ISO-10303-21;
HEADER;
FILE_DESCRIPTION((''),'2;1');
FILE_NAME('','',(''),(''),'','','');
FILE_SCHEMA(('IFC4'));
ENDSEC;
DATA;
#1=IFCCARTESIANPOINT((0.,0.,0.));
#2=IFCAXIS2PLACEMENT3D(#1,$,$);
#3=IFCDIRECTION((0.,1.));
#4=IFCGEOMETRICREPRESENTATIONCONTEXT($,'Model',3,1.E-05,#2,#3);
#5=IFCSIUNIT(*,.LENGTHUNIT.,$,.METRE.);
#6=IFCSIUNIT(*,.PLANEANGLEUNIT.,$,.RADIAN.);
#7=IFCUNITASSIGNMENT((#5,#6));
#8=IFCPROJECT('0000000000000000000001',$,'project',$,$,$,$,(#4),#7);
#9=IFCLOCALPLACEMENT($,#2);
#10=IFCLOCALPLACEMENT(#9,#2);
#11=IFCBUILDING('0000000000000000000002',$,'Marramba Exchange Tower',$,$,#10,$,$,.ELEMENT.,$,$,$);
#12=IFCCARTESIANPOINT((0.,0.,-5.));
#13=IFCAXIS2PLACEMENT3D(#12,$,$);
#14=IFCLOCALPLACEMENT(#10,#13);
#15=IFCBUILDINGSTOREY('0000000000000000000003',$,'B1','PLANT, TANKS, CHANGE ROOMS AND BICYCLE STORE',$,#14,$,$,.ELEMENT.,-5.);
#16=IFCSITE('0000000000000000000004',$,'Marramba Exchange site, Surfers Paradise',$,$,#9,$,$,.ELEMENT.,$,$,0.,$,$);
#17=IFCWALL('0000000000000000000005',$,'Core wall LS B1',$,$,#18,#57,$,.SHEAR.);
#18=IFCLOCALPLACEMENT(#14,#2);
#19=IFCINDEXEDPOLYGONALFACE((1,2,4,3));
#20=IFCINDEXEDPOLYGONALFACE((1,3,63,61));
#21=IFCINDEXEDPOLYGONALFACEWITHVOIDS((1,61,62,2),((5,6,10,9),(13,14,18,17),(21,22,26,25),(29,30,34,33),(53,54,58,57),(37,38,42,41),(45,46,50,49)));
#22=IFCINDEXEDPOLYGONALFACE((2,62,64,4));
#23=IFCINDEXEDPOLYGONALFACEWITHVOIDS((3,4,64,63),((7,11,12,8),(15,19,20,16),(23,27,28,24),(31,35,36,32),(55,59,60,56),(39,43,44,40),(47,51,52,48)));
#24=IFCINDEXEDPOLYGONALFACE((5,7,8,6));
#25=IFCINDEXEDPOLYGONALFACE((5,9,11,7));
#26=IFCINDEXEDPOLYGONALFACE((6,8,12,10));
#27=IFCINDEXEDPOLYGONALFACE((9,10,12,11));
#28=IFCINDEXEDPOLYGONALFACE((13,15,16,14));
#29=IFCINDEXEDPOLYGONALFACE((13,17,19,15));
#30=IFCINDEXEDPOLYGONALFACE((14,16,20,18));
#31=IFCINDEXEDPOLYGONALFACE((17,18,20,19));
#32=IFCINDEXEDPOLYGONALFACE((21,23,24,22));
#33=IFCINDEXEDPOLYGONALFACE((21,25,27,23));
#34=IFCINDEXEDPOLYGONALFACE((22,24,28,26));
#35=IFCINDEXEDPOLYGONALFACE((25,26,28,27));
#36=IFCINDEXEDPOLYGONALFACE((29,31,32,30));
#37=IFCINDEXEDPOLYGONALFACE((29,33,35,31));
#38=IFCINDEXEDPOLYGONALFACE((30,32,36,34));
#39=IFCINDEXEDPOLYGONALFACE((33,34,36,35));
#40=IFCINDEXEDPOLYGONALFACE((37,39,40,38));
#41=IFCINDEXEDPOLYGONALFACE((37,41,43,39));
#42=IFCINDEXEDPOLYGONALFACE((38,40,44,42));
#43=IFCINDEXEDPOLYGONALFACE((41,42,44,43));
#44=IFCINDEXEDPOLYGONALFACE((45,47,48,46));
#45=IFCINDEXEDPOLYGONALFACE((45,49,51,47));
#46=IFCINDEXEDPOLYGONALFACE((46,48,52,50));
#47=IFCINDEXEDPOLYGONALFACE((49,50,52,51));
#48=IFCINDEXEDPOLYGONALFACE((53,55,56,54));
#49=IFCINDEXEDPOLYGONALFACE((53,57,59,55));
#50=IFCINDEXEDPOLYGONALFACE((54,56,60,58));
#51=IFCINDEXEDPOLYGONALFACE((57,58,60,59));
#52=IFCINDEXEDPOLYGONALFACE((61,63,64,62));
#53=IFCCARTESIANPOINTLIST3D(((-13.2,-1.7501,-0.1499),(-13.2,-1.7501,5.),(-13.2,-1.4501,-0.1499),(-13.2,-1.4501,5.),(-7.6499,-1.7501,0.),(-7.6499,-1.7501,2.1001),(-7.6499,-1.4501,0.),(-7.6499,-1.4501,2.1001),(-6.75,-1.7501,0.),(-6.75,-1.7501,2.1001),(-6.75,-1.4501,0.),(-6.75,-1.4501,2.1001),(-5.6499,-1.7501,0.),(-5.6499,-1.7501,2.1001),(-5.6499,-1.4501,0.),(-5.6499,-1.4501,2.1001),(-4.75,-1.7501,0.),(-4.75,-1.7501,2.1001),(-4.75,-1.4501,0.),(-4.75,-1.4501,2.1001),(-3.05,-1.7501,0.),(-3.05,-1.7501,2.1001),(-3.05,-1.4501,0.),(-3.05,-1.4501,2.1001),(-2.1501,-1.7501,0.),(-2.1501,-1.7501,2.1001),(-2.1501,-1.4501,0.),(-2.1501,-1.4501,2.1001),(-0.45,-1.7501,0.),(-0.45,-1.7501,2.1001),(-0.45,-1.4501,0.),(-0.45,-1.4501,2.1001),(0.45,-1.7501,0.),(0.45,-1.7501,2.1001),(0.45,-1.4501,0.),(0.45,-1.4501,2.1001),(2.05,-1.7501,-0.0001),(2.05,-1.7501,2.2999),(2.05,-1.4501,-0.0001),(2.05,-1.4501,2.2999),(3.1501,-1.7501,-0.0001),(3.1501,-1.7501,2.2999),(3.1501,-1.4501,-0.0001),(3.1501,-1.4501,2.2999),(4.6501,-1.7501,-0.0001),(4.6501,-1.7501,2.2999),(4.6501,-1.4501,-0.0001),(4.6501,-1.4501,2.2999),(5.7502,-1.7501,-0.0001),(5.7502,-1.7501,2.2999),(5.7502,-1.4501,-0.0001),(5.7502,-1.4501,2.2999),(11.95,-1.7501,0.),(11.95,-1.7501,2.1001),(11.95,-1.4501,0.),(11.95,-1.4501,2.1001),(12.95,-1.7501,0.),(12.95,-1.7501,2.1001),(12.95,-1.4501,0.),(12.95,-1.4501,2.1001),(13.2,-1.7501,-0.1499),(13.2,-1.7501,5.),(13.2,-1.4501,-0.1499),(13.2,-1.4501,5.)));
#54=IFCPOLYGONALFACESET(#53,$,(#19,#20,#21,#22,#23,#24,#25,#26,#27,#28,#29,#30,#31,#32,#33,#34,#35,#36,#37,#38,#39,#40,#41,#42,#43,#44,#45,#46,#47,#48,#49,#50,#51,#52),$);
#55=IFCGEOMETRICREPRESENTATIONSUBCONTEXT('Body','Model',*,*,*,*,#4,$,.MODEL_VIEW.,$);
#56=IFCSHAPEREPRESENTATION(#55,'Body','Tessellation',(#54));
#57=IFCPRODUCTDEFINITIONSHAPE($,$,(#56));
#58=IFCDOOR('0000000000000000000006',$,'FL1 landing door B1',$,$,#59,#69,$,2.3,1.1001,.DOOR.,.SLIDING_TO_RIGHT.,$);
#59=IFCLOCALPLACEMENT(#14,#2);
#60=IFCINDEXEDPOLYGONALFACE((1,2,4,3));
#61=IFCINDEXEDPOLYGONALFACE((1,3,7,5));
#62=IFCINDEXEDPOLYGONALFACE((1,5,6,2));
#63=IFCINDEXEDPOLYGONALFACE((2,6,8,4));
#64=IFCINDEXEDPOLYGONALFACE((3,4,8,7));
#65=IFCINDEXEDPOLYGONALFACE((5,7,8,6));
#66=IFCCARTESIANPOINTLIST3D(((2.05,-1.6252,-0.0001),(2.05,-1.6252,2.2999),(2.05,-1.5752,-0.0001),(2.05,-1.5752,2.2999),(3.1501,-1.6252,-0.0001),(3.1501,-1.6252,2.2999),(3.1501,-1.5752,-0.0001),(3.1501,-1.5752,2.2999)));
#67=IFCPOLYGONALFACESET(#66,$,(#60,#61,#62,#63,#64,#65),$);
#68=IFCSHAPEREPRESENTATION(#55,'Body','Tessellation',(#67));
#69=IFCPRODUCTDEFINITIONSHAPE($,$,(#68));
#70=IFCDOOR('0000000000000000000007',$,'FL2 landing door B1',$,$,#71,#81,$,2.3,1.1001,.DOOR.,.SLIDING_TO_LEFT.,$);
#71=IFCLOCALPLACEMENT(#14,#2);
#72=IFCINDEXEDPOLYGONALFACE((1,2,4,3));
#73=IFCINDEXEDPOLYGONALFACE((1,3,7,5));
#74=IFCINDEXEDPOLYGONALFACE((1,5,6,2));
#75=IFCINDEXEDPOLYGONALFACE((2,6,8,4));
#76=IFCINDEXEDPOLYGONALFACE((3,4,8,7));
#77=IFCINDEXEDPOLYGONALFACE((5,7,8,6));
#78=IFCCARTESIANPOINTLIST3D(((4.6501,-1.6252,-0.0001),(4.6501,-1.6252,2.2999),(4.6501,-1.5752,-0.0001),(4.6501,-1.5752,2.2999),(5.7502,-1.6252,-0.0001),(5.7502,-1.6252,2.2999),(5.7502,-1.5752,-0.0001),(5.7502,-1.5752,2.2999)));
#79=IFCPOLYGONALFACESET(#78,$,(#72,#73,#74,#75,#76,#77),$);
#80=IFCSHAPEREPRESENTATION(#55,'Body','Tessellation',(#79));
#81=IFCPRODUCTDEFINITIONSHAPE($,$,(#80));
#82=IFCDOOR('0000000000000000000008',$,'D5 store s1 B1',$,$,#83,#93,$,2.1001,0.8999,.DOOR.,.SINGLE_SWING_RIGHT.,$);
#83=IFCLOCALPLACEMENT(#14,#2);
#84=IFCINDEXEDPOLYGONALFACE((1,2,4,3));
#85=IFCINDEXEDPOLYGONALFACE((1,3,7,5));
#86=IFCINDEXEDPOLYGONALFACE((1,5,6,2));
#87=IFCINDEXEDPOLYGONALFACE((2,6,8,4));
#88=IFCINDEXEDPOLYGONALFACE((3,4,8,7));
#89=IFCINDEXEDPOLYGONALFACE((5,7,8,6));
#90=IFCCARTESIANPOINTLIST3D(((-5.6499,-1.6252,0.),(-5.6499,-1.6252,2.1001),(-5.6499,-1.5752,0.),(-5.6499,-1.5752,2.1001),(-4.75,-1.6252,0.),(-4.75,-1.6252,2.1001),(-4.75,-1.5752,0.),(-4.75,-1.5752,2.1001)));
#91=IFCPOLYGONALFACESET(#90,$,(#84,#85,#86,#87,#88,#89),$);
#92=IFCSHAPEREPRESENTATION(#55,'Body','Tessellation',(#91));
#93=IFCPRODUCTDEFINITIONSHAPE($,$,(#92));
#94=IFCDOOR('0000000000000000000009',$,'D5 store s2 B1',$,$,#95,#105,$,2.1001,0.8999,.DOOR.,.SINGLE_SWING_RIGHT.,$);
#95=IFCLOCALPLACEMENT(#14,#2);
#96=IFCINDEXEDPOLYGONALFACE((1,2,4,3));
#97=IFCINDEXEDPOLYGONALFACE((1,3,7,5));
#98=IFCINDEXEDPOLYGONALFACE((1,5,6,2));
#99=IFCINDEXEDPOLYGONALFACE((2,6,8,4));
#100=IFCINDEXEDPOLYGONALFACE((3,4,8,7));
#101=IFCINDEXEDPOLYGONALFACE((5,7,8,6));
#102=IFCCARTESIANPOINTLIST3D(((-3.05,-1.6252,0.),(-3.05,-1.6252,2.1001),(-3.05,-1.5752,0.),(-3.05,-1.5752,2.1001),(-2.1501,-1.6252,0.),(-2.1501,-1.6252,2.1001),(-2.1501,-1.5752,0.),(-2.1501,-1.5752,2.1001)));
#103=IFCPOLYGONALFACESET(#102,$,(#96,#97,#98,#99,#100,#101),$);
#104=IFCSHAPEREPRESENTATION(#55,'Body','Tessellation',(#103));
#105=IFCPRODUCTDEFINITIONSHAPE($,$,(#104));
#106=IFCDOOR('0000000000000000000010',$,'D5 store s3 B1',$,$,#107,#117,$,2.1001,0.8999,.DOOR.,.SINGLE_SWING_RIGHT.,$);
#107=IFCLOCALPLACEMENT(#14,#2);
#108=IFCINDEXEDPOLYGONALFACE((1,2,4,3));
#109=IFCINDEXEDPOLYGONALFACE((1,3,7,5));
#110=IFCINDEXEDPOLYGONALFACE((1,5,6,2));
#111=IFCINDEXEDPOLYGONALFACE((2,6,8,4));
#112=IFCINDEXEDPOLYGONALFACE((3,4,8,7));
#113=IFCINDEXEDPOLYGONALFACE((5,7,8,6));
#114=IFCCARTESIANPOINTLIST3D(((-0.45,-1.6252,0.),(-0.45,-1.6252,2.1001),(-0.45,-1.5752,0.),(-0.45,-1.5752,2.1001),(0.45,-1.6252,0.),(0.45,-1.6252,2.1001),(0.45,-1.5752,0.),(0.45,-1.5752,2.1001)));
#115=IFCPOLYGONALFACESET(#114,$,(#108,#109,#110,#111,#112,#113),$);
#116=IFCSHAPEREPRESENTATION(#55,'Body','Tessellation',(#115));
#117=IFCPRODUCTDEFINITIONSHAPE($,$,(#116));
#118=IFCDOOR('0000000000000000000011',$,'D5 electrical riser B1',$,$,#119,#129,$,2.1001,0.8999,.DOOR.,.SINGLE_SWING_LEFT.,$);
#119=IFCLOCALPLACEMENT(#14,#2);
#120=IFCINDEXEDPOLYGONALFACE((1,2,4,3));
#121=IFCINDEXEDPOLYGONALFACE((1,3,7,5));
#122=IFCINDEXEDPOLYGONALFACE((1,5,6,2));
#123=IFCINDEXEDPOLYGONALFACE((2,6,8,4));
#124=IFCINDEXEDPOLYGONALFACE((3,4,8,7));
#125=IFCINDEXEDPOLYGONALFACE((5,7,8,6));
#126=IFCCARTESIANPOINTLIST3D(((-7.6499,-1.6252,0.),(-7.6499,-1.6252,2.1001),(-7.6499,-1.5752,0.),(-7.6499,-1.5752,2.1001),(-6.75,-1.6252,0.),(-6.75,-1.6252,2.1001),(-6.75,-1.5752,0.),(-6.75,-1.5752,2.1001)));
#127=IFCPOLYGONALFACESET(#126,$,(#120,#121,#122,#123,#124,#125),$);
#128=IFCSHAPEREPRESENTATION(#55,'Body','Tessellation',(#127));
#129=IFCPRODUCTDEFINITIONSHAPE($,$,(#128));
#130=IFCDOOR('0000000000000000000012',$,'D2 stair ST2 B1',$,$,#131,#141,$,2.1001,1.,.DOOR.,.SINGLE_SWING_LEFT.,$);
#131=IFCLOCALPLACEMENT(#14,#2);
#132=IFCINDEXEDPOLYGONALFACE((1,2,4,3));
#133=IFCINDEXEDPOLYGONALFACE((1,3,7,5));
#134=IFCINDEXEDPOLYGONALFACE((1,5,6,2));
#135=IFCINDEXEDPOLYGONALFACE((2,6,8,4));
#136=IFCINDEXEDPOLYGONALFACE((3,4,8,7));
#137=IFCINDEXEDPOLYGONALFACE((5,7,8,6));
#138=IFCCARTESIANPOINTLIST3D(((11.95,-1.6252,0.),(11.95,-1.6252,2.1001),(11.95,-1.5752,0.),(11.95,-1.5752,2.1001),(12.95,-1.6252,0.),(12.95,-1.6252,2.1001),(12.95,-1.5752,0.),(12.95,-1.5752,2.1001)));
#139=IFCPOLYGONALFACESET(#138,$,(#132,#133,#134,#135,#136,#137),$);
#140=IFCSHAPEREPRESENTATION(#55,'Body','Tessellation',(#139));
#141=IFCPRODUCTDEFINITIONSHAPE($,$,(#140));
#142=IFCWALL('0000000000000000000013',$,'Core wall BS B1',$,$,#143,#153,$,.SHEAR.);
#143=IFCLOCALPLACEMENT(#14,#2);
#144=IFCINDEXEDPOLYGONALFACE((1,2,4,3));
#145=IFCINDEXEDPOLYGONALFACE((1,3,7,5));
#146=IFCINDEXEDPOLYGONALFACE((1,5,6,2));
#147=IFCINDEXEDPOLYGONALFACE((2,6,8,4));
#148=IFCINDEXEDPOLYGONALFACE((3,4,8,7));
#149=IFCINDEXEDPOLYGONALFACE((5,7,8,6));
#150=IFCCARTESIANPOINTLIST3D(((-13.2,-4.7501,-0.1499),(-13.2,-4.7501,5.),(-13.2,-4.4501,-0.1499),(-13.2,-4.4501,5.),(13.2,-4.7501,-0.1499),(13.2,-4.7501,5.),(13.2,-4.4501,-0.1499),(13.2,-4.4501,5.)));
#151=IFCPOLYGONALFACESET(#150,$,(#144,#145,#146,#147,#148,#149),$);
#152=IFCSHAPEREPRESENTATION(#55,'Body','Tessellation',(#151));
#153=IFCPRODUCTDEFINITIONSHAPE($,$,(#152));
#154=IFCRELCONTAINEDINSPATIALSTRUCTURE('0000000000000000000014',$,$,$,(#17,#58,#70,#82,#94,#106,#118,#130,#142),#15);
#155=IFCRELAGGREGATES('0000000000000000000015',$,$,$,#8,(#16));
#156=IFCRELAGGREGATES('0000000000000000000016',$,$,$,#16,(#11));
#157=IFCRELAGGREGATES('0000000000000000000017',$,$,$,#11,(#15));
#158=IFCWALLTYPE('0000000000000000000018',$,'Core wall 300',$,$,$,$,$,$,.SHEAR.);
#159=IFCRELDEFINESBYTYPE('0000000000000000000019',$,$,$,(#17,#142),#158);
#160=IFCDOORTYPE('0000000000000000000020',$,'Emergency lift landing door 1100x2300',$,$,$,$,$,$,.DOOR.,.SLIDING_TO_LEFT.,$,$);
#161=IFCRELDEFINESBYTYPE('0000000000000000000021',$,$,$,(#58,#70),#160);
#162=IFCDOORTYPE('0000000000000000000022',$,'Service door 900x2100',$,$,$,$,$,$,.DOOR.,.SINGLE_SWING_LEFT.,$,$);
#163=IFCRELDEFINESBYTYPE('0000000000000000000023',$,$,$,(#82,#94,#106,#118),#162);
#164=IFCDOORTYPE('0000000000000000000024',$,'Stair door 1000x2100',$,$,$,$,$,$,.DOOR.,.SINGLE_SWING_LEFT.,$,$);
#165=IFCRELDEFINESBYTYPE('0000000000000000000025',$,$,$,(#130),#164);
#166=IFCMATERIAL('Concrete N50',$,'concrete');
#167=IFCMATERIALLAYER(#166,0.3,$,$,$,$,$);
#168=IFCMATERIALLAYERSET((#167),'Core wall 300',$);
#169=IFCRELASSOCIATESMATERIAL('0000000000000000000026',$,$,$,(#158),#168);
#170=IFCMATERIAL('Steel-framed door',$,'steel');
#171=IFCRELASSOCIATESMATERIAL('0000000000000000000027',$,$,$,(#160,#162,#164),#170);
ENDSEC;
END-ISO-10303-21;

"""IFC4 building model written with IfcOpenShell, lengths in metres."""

from ifc_helpers import new_model, si_unit, direction, frame, frame_2d, origin, place, context, subcontext, project, spatial, rectangle, extrude, material, layer, layer_set, type_object, element, fill, save


model = new_model("IFC4")

# Units and contexts
model_context = context("Model", 3, precision=1e-05, world=origin(), true_north=direction((0.0, 1.0)))
body_context = subcontext(model_context, "Body", "Model", "MODEL_VIEW")
ifc_project = project(units=[si_unit("LENGTHUNIT", "METRE"), si_unit("PLANEANGLEUNIT", "RADIAN")], contexts=[model_context])

# Site, building, storey
site_placement = place(None, origin())
site = spatial("IfcSite", under=ifc_project, at=site_placement, Name="Marramba Exchange site, Surfers Paradise", CompositionType="ELEMENT", RefElevation=0.0)
building_placement = place(site_placement, origin())
building = spatial("IfcBuilding", under=site, at=building_placement, Name="Marramba Exchange Tower", CompositionType="ELEMENT")
storey_placement = place(building_placement, frame((0.0, 0.0, -5.0)))
storey = spatial("IfcBuildingStorey", under=building, at=storey_placement, Name="B1", Description="PLANT, TANKS, CHANGE ROOMS AND BICYCLE STORE", CompositionType="ELEMENT", Elevation=-5.0)

# Shared definitions
ifc_material_1 = material(Name="Concrete N50", Category="concrete")

# Wall, openings, doors
ifc_layer_1 = layer(ifc_material_1, 0.3)
ifc_layer_set_1 = layer_set([ifc_layer_1], Name="Core wall 300")
wall_type_1 = type_object("IfcWallType", Name="Core wall 300", PredefinedType="SHEAR", material=ifc_layer_set_1)
wall_1_placement = place(storey_placement, frame((-13.2, -1.6001, -0.1499), z_axis=(0.0, 0.0, 1.0), x_axis=(1.0, 0.0, 0.0)))
wall_1 = element("IfcWall", 1, at=wall_1_placement, inside=storey, type_object=wall_type_1, Name="Core wall LS B1", PredefinedType="SHEAR", context=body_context, shape_type="SweptSolid", body=[
    extrude(rectangle(XDim=26.3999, YDim=0.3, at=frame_2d((13.2, 0.0))), origin(), (0.0, 0.0, 1.0), 5.1499),
])
opening_1_placement = place(wall_1_placement, frame((25.1499, 0.0, 0.1499)))
opening_1 = element("IfcOpeningElement", 2, at=opening_1_placement, cuts=wall_1, PredefinedType="OPENING", context=body_context, shape_type="SweptSolid", body=[
    extrude(rectangle(XDim=1.0, YDim=2.1001, at=frame_2d((0.5, 1.05))), frame((0.0, 0.1599, 0.0), z_axis=(0.0, -1.0, 0.0), x_axis=(1.0, 0.0, 0.0)), (0.0, 0.0, 1.0), 0.3201),
])
opening_2_placement = place(wall_1_placement, frame((7.55, 0.0, 0.1499)))
opening_2 = element("IfcOpeningElement", 3, at=opening_2_placement, cuts=wall_1, PredefinedType="OPENING", context=body_context, shape_type="SweptSolid", body=[
    extrude(rectangle(XDim=0.8999, YDim=2.1001, at=frame_2d((0.45, 1.05))), frame((0.0, 0.1599, 0.0), z_axis=(0.0, -1.0, 0.0), x_axis=(1.0, 0.0, 0.0)), (0.0, 0.0, 1.0), 0.3201),
])
opening_3_placement = place(wall_1_placement, frame((10.1499, 0.0, 0.1499)))
opening_3 = element("IfcOpeningElement", 4, at=opening_3_placement, cuts=wall_1, PredefinedType="OPENING", context=body_context, shape_type="SweptSolid", body=[
    extrude(rectangle(XDim=0.8999, YDim=2.1001, at=frame_2d((0.45, 1.05))), frame((0.0, 0.1599, 0.0), z_axis=(0.0, -1.0, 0.0), x_axis=(1.0, 0.0, 0.0)), (0.0, 0.0, 1.0), 0.3201),
])
opening_4_placement = place(wall_1_placement, frame((12.75, 0.0, 0.1499)))
opening_4 = element("IfcOpeningElement", 5, at=opening_4_placement, cuts=wall_1, PredefinedType="OPENING", context=body_context, shape_type="SweptSolid", body=[
    extrude(rectangle(XDim=0.8999, YDim=2.1001, at=frame_2d((0.45, 1.05))), frame((0.0, 0.1599, 0.0), z_axis=(0.0, -1.0, 0.0), x_axis=(1.0, 0.0, 0.0)), (0.0, 0.0, 1.0), 0.3201),
])
opening_5_placement = place(wall_1_placement, frame((15.25, 0.0, 0.1499)))
opening_5 = element("IfcOpeningElement", 6, at=opening_5_placement, cuts=wall_1, PredefinedType="OPENING", context=body_context, shape_type="SweptSolid", body=[
    extrude(rectangle(XDim=1.1001, YDim=2.3, at=frame_2d((0.55, 1.1499))), frame((0.0, 0.1599, 0.0), z_axis=(0.0, -1.0, 0.0), x_axis=(1.0, 0.0, 0.0)), (0.0, 0.0, 1.0), 0.3201),
])
opening_6_placement = place(wall_1_placement, frame((17.8501, 0.0, 0.1499)))
opening_6 = element("IfcOpeningElement", 7, at=opening_6_placement, cuts=wall_1, PredefinedType="OPENING", context=body_context, shape_type="SweptSolid", body=[
    extrude(rectangle(XDim=1.1001, YDim=2.3, at=frame_2d((0.55, 1.1499))), frame((0.0, 0.1599, 0.0), z_axis=(0.0, -1.0, 0.0), x_axis=(1.0, 0.0, 0.0)), (0.0, 0.0, 1.0), 0.3201),
])
opening_7_placement = place(wall_1_placement, frame((5.55, 0.0, 0.1499)))
opening_7 = element("IfcOpeningElement", 8, at=opening_7_placement, cuts=wall_1, PredefinedType="OPENING", context=body_context, shape_type="SweptSolid", body=[
    extrude(rectangle(XDim=0.8999, YDim=2.1001, at=frame_2d((0.45, 1.05))), frame((0.0, 0.1599, 0.0), z_axis=(0.0, -1.0, 0.0), x_axis=(1.0, 0.0, 0.0)), (0.0, 0.0, 1.0), 0.3201),
])
ifc_material_2 = material(Name="Steel-framed door", Category="steel")
door_type_1 = type_object("IfcDoorType", Name="Emergency lift landing door 1100x2300", OperationType="SLIDING_TO_LEFT", PredefinedType="DOOR", material=ifc_material_2)
door_1_placement = place(opening_5_placement, frame((1.1001, 0.0, 0.0), z_axis=(0.0, 0.0, 1.0), x_axis=(-1.0, 0.0, 0.0)))
door_1 = element("IfcDoor", 9, at=door_1_placement, inside=storey, type_object=door_type_1, Name="FL1 landing door B1", OperationType="SLIDING_TO_RIGHT", OverallHeight=2.3, OverallWidth=1.1001, PredefinedType="DOOR", context=body_context, shape_type="SweptSolid", body=[
    extrude(rectangle(XDim=1.1001, YDim=2.3, at=frame_2d((0.55, 1.1499))), frame((0.0, 0.0251, 0.0), z_axis=(0.0, -1.0, 0.0), x_axis=(1.0, 0.0, 0.0)), (0.0, 0.0, 1.0), 0.05),
])
fill(opening_5, door_1)
door_2_placement = place(opening_6_placement, frame((1.1001, 0.0, 0.0), z_axis=(0.0, 0.0, 1.0), x_axis=(-1.0, 0.0, 0.0)))
door_2 = element("IfcDoor", 10, at=door_2_placement, inside=storey, type_object=door_type_1, Name="FL2 landing door B1", OperationType="SLIDING_TO_LEFT", OverallHeight=2.3, OverallWidth=1.1001, PredefinedType="DOOR", context=body_context, shape_type="SweptSolid", body=[
    extrude(rectangle(XDim=1.1001, YDim=2.3, at=frame_2d((0.55, 1.1499))), frame((0.0, 0.0251, 0.0), z_axis=(0.0, -1.0, 0.0), x_axis=(1.0, 0.0, 0.0)), (0.0, 0.0, 1.0), 0.05),
])
fill(opening_6, door_2)
door_type_2 = type_object("IfcDoorType", Name="Service door 900x2100", OperationType="SINGLE_SWING_LEFT", PredefinedType="DOOR", material=ifc_material_2)
door_3_placement = place(opening_2_placement, frame((0.8999, 0.0, 0.0), z_axis=(0.0, 0.0, 1.0), x_axis=(-1.0, 0.0, 0.0)))
door_3 = element("IfcDoor", 11, at=door_3_placement, inside=storey, type_object=door_type_2, Name="D5 store s1 B1", OperationType="SINGLE_SWING_RIGHT", OverallHeight=2.1001, OverallWidth=0.8999, PredefinedType="DOOR", context=body_context, shape_type="SweptSolid", body=[
    extrude(rectangle(XDim=0.8999, YDim=2.1001, at=frame_2d((0.45, 1.05))), frame((0.0, 0.0251, 0.0), z_axis=(0.0, -1.0, 0.0), x_axis=(1.0, 0.0, 0.0)), (0.0, 0.0, 1.0), 0.05),
])
fill(opening_2, door_3)
door_4_placement = place(opening_3_placement, frame((0.8999, 0.0, 0.0), z_axis=(0.0, 0.0, 1.0), x_axis=(-1.0, 0.0, 0.0)))
door_4 = element("IfcDoor", 12, at=door_4_placement, inside=storey, type_object=door_type_2, Name="D5 store s2 B1", OperationType="SINGLE_SWING_RIGHT", OverallHeight=2.1001, OverallWidth=0.8999, PredefinedType="DOOR", context=body_context, shape_type="SweptSolid", body=[
    extrude(rectangle(XDim=0.8999, YDim=2.1001, at=frame_2d((0.45, 1.05))), frame((0.0, 0.0251, 0.0), z_axis=(0.0, -1.0, 0.0), x_axis=(1.0, 0.0, 0.0)), (0.0, 0.0, 1.0), 0.05),
])
fill(opening_3, door_4)
door_5_placement = place(opening_4_placement, frame((0.8999, 0.0, 0.0), z_axis=(0.0, 0.0, 1.0), x_axis=(-1.0, 0.0, 0.0)))
door_5 = element("IfcDoor", 13, at=door_5_placement, inside=storey, type_object=door_type_2, Name="D5 store s3 B1", OperationType="SINGLE_SWING_RIGHT", OverallHeight=2.1001, OverallWidth=0.8999, PredefinedType="DOOR", context=body_context, shape_type="SweptSolid", body=[
    extrude(rectangle(XDim=0.8999, YDim=2.1001, at=frame_2d((0.45, 1.05))), frame((0.0, 0.0251, 0.0), z_axis=(0.0, -1.0, 0.0), x_axis=(1.0, 0.0, 0.0)), (0.0, 0.0, 1.0), 0.05),
])
fill(opening_4, door_5)
door_6_placement = place(opening_7_placement, frame((0.8999, 0.0, 0.0), z_axis=(0.0, 0.0, 1.0), x_axis=(-1.0, 0.0, 0.0)))
door_6 = element("IfcDoor", 14, at=door_6_placement, inside=storey, type_object=door_type_2, Name="D5 electrical riser B1", OperationType="SINGLE_SWING_LEFT", OverallHeight=2.1001, OverallWidth=0.8999, PredefinedType="DOOR", context=body_context, shape_type="SweptSolid", body=[
    extrude(rectangle(XDim=0.8999, YDim=2.1001, at=frame_2d((0.45, 1.05))), frame((0.0, 0.0251, 0.0), z_axis=(0.0, -1.0, 0.0), x_axis=(1.0, 0.0, 0.0)), (0.0, 0.0, 1.0), 0.05),
])
fill(opening_7, door_6)
door_type_3 = type_object("IfcDoorType", Name="Stair door 1000x2100", OperationType="SINGLE_SWING_LEFT", PredefinedType="DOOR", material=ifc_material_2)
door_7_placement = place(opening_1_placement, frame((1.0, 0.0, 0.0), z_axis=(0.0, 0.0, 1.0), x_axis=(-1.0, 0.0, 0.0)))
door_7 = element("IfcDoor", 15, at=door_7_placement, inside=storey, type_object=door_type_3, Name="D2 stair ST2 B1", OperationType="SINGLE_SWING_LEFT", OverallHeight=2.1001, OverallWidth=1.0, PredefinedType="DOOR", context=body_context, shape_type="SweptSolid", body=[
    extrude(rectangle(XDim=1.0, YDim=2.1001, at=frame_2d((0.5, 1.05))), frame((0.0, 0.0251, 0.0), z_axis=(0.0, -1.0, 0.0), x_axis=(1.0, 0.0, 0.0)), (0.0, 0.0, 1.0), 0.05),
])
fill(opening_1, door_7)

# Wall
wall_2_placement = place(storey_placement, frame((-13.2, -4.6001, -0.1499), z_axis=(0.0, 0.0, 1.0), x_axis=(1.0, 0.0, 0.0)))
element("IfcWall", 16, at=wall_2_placement, inside=storey, type_object=wall_type_1, Name="Core wall BS B1", PredefinedType="SHEAR", context=body_context, shape_type="SweptSolid", body=[
    extrude(rectangle(XDim=26.3999, YDim=0.3, at=frame_2d((13.2, 0.0))), origin(), (0.0, 0.0, 1.0), 5.1499),
])

save(model, "model.ifc")
